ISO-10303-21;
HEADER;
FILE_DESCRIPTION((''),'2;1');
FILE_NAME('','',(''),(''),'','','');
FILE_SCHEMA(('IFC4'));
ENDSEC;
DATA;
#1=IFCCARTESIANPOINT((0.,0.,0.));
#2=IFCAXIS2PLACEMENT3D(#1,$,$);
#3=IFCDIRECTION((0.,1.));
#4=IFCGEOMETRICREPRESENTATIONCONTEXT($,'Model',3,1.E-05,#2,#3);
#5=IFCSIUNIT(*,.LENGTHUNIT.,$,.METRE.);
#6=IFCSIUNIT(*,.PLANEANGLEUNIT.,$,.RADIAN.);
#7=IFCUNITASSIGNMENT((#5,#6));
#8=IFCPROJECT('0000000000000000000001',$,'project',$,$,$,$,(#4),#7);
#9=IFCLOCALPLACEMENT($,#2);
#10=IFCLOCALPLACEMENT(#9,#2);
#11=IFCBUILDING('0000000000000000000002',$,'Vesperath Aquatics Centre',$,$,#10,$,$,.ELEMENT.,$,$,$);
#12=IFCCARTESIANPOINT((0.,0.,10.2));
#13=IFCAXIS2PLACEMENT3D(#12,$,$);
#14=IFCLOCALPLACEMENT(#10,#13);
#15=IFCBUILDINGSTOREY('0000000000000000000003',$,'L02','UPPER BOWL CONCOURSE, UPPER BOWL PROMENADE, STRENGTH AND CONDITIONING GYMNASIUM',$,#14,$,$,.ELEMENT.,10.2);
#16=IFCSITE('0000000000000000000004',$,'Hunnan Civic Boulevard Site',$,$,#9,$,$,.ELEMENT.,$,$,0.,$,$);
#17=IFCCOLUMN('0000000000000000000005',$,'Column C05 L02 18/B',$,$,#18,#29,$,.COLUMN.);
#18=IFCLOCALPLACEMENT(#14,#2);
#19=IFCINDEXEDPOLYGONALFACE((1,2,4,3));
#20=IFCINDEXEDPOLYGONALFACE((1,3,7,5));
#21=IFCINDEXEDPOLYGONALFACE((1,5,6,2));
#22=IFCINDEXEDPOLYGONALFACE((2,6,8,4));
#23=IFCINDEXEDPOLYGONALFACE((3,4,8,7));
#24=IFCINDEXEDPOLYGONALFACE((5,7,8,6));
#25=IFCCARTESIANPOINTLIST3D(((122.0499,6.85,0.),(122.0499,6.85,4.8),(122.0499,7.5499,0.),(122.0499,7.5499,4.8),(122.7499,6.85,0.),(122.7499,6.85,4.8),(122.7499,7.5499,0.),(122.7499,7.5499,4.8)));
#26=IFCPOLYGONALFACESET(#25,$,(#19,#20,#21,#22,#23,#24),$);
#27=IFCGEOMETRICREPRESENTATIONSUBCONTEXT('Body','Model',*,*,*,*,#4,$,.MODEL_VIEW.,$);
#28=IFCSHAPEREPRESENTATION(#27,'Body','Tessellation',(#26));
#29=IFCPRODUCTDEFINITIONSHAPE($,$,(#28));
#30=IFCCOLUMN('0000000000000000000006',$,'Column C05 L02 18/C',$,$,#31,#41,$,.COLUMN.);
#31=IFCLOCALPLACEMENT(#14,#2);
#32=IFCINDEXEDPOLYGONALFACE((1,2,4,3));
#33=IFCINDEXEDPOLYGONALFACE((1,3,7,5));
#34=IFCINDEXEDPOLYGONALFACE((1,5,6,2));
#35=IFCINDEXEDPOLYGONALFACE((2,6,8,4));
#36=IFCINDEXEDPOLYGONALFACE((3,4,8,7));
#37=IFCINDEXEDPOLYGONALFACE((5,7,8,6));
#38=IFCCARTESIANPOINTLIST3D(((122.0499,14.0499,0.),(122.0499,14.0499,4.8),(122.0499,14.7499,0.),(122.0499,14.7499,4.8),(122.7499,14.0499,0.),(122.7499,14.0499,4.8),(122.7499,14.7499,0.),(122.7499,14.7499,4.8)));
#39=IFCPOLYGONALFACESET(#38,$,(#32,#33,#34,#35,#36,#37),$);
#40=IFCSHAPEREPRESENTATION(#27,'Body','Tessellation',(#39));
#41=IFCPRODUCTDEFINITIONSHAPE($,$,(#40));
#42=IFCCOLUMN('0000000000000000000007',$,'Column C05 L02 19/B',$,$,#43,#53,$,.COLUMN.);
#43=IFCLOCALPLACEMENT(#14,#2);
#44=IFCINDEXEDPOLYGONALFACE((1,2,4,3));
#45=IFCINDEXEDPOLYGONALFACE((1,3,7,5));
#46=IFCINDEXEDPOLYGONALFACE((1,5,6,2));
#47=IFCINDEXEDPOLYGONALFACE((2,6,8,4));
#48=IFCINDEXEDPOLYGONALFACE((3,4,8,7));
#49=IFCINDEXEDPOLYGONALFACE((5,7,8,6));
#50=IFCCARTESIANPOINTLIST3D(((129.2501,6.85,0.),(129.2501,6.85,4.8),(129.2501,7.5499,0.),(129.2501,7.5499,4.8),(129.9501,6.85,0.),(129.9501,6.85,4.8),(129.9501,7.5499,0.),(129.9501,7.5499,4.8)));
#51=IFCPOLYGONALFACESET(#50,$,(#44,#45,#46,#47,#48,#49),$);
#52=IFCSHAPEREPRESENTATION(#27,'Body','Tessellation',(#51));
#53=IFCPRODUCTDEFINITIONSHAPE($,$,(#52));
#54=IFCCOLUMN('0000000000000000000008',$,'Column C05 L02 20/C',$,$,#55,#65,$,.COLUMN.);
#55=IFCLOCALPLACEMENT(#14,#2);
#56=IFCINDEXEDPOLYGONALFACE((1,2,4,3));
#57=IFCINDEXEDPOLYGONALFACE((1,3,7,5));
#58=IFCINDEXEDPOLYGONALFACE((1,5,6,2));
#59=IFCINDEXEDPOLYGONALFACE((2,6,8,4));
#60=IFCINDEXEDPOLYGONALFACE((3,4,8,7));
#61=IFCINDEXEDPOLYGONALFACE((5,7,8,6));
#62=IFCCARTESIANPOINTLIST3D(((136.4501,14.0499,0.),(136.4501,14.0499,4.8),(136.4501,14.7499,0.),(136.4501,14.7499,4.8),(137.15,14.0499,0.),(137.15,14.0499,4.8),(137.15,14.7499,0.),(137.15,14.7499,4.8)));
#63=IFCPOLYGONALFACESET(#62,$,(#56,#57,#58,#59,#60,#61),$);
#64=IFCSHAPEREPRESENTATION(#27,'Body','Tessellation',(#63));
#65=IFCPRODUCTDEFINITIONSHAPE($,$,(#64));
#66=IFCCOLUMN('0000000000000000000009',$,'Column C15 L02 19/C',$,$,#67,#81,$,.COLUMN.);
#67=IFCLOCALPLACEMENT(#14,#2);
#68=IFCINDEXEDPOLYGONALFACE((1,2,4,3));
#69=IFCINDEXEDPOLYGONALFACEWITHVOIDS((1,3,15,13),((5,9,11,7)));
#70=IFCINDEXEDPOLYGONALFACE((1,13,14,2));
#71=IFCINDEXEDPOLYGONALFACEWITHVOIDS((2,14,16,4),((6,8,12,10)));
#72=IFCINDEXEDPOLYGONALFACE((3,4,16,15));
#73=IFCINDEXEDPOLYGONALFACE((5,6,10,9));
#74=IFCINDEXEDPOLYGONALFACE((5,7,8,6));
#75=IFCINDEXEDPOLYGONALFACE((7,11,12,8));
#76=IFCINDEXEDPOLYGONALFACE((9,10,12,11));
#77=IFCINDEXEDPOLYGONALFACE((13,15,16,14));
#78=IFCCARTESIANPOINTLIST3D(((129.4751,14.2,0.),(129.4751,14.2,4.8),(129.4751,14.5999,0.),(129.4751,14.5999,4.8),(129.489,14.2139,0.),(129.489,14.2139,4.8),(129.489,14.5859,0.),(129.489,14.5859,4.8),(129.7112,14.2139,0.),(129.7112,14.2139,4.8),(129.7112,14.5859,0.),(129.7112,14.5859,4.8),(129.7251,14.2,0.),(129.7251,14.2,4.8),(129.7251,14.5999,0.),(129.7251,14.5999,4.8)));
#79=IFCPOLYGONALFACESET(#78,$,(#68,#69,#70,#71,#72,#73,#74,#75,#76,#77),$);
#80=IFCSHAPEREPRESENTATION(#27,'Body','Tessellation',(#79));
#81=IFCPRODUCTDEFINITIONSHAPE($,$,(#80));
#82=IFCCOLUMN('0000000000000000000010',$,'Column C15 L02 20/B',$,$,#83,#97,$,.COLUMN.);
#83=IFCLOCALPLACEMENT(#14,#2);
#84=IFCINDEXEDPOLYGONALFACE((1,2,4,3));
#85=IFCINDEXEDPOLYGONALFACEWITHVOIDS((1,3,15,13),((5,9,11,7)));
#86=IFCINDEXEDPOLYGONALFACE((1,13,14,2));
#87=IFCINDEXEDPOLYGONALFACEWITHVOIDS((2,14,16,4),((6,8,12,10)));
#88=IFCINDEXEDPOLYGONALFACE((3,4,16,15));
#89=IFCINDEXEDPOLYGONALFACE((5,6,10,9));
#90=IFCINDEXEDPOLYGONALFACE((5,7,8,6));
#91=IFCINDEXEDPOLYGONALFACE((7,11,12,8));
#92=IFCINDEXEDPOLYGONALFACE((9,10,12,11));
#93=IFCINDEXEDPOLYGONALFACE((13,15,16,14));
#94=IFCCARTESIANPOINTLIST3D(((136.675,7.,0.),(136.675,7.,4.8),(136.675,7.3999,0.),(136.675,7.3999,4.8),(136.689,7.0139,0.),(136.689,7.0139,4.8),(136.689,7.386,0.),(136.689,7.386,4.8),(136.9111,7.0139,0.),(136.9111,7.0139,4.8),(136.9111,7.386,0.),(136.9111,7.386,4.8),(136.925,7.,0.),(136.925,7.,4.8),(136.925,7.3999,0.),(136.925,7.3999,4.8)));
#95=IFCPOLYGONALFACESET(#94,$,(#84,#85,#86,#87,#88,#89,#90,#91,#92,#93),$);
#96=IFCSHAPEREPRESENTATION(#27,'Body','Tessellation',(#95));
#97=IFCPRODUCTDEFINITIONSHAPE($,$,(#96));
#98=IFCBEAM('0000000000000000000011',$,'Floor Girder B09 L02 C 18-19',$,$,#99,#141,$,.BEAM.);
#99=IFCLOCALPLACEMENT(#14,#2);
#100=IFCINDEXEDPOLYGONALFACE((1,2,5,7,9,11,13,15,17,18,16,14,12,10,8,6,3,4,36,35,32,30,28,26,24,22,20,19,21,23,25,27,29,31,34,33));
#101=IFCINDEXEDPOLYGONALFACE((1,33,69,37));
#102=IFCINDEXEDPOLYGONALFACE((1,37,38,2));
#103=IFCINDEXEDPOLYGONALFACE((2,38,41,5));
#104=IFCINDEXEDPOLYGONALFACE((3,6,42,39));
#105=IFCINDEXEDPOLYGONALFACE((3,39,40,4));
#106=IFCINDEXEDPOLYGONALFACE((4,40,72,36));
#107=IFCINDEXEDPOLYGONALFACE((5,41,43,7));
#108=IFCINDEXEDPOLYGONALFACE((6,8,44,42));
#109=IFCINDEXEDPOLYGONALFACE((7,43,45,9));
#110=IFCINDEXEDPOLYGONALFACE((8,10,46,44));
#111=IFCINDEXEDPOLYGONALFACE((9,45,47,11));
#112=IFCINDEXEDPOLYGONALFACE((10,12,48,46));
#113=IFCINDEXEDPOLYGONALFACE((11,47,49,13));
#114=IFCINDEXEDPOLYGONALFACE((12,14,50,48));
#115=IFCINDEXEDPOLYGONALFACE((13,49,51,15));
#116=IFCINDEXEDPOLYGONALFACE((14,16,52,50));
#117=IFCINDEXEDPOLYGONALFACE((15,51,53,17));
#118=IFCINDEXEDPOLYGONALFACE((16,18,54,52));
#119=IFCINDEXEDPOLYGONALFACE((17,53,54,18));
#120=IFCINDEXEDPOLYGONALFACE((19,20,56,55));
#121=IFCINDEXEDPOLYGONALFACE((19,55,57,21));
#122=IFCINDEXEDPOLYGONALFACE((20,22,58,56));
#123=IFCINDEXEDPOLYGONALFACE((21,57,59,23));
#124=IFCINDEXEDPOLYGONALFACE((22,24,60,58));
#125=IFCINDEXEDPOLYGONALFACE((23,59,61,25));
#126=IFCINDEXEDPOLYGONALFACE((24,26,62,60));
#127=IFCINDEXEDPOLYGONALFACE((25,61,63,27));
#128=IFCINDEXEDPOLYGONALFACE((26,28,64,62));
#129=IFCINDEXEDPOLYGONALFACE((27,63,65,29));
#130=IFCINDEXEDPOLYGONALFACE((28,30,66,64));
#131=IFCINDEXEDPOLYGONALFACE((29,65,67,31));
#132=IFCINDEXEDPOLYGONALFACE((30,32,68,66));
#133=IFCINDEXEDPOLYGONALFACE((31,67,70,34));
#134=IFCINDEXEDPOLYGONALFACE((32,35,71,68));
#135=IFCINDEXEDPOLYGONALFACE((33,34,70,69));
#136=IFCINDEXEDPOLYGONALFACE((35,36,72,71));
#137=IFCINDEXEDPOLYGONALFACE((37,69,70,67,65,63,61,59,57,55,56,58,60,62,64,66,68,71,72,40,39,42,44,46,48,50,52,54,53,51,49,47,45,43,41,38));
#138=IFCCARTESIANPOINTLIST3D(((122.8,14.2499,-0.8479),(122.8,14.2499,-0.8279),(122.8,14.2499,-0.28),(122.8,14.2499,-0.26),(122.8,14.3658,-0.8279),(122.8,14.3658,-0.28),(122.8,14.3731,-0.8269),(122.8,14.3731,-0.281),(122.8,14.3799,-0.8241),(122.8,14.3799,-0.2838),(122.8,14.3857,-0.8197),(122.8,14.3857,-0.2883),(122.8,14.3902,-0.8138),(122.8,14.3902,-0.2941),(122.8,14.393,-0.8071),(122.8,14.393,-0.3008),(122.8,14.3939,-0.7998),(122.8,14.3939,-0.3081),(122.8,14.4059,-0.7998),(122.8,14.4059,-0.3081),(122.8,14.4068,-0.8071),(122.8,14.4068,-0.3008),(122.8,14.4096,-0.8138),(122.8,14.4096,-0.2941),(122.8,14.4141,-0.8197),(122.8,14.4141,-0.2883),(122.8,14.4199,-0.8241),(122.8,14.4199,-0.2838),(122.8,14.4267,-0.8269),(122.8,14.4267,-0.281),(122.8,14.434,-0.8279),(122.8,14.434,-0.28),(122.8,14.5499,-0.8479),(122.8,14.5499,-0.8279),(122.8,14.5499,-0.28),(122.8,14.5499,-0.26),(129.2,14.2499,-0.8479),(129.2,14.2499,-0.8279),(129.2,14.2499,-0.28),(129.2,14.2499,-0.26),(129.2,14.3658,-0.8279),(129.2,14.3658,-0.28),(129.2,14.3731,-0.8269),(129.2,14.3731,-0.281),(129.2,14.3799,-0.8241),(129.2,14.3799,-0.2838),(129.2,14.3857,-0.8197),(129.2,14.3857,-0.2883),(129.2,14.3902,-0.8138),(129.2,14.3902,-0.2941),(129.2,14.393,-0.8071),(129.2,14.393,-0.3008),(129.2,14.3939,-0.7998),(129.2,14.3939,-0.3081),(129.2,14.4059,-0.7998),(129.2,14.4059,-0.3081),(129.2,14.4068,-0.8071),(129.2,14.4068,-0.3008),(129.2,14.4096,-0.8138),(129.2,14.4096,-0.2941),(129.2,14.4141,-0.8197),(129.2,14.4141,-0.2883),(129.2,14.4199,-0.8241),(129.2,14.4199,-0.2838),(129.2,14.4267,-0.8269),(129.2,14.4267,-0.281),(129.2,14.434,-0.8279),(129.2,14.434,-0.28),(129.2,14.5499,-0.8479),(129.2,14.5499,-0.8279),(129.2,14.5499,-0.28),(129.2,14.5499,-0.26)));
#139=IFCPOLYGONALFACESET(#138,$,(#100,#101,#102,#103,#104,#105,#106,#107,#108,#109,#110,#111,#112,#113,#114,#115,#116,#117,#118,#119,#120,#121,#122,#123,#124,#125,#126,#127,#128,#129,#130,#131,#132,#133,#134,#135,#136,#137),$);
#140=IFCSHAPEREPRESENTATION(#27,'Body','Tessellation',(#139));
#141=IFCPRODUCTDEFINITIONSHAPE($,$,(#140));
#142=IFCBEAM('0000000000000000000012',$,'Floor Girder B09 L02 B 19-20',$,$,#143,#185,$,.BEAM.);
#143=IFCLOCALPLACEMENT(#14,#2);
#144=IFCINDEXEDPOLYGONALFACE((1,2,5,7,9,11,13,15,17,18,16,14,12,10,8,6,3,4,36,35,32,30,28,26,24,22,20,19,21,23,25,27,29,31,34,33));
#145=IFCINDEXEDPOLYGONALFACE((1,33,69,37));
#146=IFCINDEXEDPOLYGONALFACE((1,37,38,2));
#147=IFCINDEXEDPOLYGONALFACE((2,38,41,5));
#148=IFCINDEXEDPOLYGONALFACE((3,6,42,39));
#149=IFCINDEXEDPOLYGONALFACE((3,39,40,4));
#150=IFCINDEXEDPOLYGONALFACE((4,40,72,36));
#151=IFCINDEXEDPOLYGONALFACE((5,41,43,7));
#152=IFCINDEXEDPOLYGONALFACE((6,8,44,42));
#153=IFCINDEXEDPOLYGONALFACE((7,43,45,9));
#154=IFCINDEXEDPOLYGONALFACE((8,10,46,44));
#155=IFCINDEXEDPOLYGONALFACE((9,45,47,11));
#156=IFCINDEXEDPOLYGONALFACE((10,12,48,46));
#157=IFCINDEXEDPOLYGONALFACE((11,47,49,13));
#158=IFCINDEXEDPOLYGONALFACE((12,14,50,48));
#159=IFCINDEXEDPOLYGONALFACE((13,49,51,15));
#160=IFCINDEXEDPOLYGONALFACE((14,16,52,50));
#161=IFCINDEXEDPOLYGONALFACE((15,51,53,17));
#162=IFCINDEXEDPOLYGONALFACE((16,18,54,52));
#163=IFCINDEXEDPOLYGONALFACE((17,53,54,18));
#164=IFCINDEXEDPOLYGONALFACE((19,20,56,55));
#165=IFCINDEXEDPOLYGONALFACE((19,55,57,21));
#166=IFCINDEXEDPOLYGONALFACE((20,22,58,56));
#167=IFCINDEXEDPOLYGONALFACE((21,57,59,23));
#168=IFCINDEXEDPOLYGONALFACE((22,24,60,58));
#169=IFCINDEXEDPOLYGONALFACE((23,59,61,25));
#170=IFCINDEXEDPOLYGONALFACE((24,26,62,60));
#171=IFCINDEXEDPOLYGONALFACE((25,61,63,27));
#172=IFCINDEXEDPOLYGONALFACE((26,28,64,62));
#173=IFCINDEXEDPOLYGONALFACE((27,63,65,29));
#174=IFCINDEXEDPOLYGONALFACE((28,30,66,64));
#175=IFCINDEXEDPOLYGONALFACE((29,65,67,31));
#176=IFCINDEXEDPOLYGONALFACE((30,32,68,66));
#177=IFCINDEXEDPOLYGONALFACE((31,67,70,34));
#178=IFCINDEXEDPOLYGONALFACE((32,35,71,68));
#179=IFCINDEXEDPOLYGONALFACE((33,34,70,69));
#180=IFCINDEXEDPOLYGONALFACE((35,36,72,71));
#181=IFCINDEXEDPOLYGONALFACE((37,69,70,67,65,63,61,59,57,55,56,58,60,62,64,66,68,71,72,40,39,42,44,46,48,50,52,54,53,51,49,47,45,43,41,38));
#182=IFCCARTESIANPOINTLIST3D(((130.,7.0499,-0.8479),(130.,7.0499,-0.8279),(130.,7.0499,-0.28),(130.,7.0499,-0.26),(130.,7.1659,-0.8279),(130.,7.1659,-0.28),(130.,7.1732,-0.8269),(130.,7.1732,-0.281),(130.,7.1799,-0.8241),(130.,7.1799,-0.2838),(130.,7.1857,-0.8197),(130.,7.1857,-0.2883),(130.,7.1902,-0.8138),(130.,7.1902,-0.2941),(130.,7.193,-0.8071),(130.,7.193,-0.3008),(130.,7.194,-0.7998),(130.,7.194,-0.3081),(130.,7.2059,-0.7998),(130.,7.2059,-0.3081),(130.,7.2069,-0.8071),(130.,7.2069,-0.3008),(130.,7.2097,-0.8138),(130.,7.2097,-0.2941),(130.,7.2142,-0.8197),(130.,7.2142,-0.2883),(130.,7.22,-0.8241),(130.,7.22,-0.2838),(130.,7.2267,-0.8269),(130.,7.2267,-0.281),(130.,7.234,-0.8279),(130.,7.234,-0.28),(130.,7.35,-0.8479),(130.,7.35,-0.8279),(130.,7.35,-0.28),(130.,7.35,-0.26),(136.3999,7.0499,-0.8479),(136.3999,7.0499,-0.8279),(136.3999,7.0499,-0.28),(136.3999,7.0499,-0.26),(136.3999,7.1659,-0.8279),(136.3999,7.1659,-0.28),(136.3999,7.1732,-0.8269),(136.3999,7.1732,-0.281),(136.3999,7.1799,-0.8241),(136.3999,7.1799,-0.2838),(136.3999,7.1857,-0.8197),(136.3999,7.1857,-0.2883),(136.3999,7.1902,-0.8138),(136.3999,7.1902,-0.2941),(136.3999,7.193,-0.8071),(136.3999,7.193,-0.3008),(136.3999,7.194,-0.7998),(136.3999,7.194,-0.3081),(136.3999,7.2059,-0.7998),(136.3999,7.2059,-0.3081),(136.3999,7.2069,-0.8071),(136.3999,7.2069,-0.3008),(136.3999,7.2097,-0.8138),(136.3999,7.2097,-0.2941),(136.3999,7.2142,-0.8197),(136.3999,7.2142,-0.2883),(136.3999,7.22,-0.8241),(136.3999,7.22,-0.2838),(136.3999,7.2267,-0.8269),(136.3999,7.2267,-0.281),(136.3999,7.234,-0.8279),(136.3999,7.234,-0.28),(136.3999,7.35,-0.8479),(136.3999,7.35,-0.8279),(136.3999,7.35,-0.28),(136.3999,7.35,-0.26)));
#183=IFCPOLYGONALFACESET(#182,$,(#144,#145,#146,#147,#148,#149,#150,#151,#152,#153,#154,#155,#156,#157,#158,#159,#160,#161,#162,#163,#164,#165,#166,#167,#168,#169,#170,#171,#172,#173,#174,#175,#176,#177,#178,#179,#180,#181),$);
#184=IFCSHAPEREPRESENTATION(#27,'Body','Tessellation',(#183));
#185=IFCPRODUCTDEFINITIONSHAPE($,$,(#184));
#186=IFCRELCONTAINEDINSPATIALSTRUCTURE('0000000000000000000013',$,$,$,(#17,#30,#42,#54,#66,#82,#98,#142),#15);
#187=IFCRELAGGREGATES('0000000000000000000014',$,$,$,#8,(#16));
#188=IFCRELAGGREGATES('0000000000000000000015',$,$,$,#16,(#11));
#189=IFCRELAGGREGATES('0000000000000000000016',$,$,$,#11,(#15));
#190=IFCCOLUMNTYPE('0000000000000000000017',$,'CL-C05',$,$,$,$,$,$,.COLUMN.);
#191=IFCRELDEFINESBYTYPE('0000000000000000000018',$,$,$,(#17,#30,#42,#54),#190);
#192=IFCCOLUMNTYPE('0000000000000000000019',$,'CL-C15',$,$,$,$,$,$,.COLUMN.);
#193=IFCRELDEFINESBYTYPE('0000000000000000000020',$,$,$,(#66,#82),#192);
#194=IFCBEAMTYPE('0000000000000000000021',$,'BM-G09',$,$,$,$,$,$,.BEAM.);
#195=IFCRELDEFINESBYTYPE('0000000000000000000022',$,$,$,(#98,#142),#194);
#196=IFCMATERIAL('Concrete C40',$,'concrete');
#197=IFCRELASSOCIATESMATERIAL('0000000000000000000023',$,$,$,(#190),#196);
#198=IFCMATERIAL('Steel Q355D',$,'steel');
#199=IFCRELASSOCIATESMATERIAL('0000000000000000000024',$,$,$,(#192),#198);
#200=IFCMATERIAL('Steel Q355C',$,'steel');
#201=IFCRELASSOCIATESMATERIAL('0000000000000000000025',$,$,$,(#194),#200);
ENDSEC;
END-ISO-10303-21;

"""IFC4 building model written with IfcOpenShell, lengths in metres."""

from ifc_helpers import new_model, si_unit, direction, frame, origin, origin_2d, place, context, subcontext, project, spatial, rectangle, hollow_rectangle, i_section, extrude, material, material_profile, profile_set, type_object, element, save


model = new_model("IFC4")

# Units and contexts
model_context = context("Model", 3, precision=1e-05, world=origin(), true_north=direction((0.0, 1.0)))
body_context = subcontext(model_context, "Body", "Model", "MODEL_VIEW")
ifc_project = project(units=[si_unit("LENGTHUNIT", "METRE"), si_unit("PLANEANGLEUNIT", "RADIAN")], contexts=[model_context])

# Site, building, storey
site_placement = place(None, origin())
site = spatial("IfcSite", under=ifc_project, at=site_placement, Name="Hunnan Civic Boulevard Site", CompositionType="ELEMENT", RefElevation=0.0)
building_placement = place(site_placement, origin())
building = spatial("IfcBuilding", under=site, at=building_placement, Name="Vesperath Aquatics Centre", CompositionType="ELEMENT")
storey_placement = place(building_placement, frame((0.0, 0.0, 10.2)))
storey = spatial("IfcBuildingStorey", under=building, at=storey_placement, Name="L02", Description="UPPER BOWL CONCOURSE, UPPER BOWL PROMENADE, STRENGTH AND CONDITIONING GYMNASIUM", CompositionType="ELEMENT", Elevation=10.2)

# Columns
ifc_material_1 = material(Name="Concrete C40", Category="concrete")
ifc_material_profile_1 = material_profile(ifc_material_1, rectangle(XDim=0.7, YDim=0.7, at=origin_2d()), Name="RC 700x700")
ifc_profile_set_1 = profile_set([ifc_material_profile_1], Name="Concrete C40")
column_type_1 = type_object("IfcColumnType", Name="CL-C05", PredefinedType="COLUMN", material=ifc_profile_set_1)
for number, where, z_axis, x_axis, name in (
    (1, (122.3999, 7.2, 0.0), (0.0, 0.0, 1.0), (1.0, 0.0, 0.0), "Column C05 L02 18/B"),
    (2, (122.3999, 14.3999, 0.0), (0.0, 0.0, 1.0), (1.0, 0.0, 0.0), "Column C05 L02 18/C"),
    (3, (129.6001, 7.2, 0.0), (0.0, 0.0, 1.0), (1.0, 0.0, 0.0), "Column C05 L02 19/B"),
    (4, (136.8, 14.3999, 0.0), (0.0, 0.0, 1.0), (1.0, 0.0, 0.0), "Column C05 L02 20/C"),
):
    element("IfcColumn", number, at=place(storey_placement, frame(where, z_axis=z_axis, x_axis=x_axis)), inside=storey, type_object=column_type_1, Name=name, PredefinedType="COLUMN", context=body_context, shape_type="SweptSolid", body=[
        extrude(rectangle(XDim=0.7, YDim=0.7, at=origin_2d()), origin(), (0.0, 0.0, 1.0), 4.8),
    ])
ifc_material_2 = material(Name="Steel Q355D", Category="steel")
ifc_material_profile_2 = material_profile(ifc_material_2, hollow_rectangle(XDim=0.25, YDim=0.3999, WallThickness=0.0139, at=origin_2d()), Name="RHS 400x250x14")
ifc_profile_set_2 = profile_set([ifc_material_profile_2], Name="Steel Q355D")
column_type_2 = type_object("IfcColumnType", Name="CL-C15", PredefinedType="COLUMN", material=ifc_profile_set_2)
for number, where, z_axis, x_axis, name in (
    (5, (129.6001, 14.3999, 0.0), (0.0, 0.0, 1.0), (1.0, 0.0, 0.0), "Column C15 L02 19/C"),
    (6, (136.8, 7.2, 0.0), (0.0, 0.0, 1.0), (1.0, 0.0, 0.0), "Column C15 L02 20/B"),
):
    element("IfcColumn", number, at=place(storey_placement, frame(where, z_axis=z_axis, x_axis=x_axis)), inside=storey, type_object=column_type_2, Name=name, PredefinedType="COLUMN", context=body_context, shape_type="SweptSolid", body=[
        extrude(hollow_rectangle(XDim=0.25, YDim=0.3999, WallThickness=0.0139, at=origin_2d()), origin(), (0.0, 0.0, 1.0), 4.8),
    ])

# Beams
ifc_material_3 = material(Name="Steel Q355C", Category="steel")
ifc_material_profile_3 = material_profile(ifc_material_3, i_section(OverallWidth=0.3, OverallDepth=0.5879, WebThickness=0.012, FlangeThickness=0.02, FilletRadius=0.0281, at=origin_2d()), Name="HM 588x300x12x20")
ifc_profile_set_3 = profile_set([ifc_material_profile_3], Name="Steel Q355C")
beam_type_1 = type_object("IfcBeamType", Name="BM-G09", PredefinedType="BEAM", material=ifc_profile_set_3)
for number, where, z_axis, x_axis, name in (
    (7, (122.8, 14.3999, -0.554), (1.0, 0.0, 0.0), (0.0, 1.0, 0.0), "Floor Girder B09 L02 C 18-19"),
    (8, (130.0, 7.2, -0.554), (1.0, 0.0, 0.0), (0.0, 1.0, 0.0), "Floor Girder B09 L02 B 19-20"),
):
    element("IfcBeam", number, at=place(storey_placement, frame(where, z_axis=z_axis, x_axis=x_axis)), inside=storey, type_object=beam_type_1, Name=name, PredefinedType="BEAM", context=body_context, shape_type="SweptSolid", body=[
        extrude(i_section(OverallWidth=0.3, OverallDepth=0.5879, WebThickness=0.012, FlangeThickness=0.02, FilletRadius=0.0281, at=origin_2d()), origin(), (0.0, 0.0, 1.0), 6.3999),
    ])

save(model, "model.ifc")
